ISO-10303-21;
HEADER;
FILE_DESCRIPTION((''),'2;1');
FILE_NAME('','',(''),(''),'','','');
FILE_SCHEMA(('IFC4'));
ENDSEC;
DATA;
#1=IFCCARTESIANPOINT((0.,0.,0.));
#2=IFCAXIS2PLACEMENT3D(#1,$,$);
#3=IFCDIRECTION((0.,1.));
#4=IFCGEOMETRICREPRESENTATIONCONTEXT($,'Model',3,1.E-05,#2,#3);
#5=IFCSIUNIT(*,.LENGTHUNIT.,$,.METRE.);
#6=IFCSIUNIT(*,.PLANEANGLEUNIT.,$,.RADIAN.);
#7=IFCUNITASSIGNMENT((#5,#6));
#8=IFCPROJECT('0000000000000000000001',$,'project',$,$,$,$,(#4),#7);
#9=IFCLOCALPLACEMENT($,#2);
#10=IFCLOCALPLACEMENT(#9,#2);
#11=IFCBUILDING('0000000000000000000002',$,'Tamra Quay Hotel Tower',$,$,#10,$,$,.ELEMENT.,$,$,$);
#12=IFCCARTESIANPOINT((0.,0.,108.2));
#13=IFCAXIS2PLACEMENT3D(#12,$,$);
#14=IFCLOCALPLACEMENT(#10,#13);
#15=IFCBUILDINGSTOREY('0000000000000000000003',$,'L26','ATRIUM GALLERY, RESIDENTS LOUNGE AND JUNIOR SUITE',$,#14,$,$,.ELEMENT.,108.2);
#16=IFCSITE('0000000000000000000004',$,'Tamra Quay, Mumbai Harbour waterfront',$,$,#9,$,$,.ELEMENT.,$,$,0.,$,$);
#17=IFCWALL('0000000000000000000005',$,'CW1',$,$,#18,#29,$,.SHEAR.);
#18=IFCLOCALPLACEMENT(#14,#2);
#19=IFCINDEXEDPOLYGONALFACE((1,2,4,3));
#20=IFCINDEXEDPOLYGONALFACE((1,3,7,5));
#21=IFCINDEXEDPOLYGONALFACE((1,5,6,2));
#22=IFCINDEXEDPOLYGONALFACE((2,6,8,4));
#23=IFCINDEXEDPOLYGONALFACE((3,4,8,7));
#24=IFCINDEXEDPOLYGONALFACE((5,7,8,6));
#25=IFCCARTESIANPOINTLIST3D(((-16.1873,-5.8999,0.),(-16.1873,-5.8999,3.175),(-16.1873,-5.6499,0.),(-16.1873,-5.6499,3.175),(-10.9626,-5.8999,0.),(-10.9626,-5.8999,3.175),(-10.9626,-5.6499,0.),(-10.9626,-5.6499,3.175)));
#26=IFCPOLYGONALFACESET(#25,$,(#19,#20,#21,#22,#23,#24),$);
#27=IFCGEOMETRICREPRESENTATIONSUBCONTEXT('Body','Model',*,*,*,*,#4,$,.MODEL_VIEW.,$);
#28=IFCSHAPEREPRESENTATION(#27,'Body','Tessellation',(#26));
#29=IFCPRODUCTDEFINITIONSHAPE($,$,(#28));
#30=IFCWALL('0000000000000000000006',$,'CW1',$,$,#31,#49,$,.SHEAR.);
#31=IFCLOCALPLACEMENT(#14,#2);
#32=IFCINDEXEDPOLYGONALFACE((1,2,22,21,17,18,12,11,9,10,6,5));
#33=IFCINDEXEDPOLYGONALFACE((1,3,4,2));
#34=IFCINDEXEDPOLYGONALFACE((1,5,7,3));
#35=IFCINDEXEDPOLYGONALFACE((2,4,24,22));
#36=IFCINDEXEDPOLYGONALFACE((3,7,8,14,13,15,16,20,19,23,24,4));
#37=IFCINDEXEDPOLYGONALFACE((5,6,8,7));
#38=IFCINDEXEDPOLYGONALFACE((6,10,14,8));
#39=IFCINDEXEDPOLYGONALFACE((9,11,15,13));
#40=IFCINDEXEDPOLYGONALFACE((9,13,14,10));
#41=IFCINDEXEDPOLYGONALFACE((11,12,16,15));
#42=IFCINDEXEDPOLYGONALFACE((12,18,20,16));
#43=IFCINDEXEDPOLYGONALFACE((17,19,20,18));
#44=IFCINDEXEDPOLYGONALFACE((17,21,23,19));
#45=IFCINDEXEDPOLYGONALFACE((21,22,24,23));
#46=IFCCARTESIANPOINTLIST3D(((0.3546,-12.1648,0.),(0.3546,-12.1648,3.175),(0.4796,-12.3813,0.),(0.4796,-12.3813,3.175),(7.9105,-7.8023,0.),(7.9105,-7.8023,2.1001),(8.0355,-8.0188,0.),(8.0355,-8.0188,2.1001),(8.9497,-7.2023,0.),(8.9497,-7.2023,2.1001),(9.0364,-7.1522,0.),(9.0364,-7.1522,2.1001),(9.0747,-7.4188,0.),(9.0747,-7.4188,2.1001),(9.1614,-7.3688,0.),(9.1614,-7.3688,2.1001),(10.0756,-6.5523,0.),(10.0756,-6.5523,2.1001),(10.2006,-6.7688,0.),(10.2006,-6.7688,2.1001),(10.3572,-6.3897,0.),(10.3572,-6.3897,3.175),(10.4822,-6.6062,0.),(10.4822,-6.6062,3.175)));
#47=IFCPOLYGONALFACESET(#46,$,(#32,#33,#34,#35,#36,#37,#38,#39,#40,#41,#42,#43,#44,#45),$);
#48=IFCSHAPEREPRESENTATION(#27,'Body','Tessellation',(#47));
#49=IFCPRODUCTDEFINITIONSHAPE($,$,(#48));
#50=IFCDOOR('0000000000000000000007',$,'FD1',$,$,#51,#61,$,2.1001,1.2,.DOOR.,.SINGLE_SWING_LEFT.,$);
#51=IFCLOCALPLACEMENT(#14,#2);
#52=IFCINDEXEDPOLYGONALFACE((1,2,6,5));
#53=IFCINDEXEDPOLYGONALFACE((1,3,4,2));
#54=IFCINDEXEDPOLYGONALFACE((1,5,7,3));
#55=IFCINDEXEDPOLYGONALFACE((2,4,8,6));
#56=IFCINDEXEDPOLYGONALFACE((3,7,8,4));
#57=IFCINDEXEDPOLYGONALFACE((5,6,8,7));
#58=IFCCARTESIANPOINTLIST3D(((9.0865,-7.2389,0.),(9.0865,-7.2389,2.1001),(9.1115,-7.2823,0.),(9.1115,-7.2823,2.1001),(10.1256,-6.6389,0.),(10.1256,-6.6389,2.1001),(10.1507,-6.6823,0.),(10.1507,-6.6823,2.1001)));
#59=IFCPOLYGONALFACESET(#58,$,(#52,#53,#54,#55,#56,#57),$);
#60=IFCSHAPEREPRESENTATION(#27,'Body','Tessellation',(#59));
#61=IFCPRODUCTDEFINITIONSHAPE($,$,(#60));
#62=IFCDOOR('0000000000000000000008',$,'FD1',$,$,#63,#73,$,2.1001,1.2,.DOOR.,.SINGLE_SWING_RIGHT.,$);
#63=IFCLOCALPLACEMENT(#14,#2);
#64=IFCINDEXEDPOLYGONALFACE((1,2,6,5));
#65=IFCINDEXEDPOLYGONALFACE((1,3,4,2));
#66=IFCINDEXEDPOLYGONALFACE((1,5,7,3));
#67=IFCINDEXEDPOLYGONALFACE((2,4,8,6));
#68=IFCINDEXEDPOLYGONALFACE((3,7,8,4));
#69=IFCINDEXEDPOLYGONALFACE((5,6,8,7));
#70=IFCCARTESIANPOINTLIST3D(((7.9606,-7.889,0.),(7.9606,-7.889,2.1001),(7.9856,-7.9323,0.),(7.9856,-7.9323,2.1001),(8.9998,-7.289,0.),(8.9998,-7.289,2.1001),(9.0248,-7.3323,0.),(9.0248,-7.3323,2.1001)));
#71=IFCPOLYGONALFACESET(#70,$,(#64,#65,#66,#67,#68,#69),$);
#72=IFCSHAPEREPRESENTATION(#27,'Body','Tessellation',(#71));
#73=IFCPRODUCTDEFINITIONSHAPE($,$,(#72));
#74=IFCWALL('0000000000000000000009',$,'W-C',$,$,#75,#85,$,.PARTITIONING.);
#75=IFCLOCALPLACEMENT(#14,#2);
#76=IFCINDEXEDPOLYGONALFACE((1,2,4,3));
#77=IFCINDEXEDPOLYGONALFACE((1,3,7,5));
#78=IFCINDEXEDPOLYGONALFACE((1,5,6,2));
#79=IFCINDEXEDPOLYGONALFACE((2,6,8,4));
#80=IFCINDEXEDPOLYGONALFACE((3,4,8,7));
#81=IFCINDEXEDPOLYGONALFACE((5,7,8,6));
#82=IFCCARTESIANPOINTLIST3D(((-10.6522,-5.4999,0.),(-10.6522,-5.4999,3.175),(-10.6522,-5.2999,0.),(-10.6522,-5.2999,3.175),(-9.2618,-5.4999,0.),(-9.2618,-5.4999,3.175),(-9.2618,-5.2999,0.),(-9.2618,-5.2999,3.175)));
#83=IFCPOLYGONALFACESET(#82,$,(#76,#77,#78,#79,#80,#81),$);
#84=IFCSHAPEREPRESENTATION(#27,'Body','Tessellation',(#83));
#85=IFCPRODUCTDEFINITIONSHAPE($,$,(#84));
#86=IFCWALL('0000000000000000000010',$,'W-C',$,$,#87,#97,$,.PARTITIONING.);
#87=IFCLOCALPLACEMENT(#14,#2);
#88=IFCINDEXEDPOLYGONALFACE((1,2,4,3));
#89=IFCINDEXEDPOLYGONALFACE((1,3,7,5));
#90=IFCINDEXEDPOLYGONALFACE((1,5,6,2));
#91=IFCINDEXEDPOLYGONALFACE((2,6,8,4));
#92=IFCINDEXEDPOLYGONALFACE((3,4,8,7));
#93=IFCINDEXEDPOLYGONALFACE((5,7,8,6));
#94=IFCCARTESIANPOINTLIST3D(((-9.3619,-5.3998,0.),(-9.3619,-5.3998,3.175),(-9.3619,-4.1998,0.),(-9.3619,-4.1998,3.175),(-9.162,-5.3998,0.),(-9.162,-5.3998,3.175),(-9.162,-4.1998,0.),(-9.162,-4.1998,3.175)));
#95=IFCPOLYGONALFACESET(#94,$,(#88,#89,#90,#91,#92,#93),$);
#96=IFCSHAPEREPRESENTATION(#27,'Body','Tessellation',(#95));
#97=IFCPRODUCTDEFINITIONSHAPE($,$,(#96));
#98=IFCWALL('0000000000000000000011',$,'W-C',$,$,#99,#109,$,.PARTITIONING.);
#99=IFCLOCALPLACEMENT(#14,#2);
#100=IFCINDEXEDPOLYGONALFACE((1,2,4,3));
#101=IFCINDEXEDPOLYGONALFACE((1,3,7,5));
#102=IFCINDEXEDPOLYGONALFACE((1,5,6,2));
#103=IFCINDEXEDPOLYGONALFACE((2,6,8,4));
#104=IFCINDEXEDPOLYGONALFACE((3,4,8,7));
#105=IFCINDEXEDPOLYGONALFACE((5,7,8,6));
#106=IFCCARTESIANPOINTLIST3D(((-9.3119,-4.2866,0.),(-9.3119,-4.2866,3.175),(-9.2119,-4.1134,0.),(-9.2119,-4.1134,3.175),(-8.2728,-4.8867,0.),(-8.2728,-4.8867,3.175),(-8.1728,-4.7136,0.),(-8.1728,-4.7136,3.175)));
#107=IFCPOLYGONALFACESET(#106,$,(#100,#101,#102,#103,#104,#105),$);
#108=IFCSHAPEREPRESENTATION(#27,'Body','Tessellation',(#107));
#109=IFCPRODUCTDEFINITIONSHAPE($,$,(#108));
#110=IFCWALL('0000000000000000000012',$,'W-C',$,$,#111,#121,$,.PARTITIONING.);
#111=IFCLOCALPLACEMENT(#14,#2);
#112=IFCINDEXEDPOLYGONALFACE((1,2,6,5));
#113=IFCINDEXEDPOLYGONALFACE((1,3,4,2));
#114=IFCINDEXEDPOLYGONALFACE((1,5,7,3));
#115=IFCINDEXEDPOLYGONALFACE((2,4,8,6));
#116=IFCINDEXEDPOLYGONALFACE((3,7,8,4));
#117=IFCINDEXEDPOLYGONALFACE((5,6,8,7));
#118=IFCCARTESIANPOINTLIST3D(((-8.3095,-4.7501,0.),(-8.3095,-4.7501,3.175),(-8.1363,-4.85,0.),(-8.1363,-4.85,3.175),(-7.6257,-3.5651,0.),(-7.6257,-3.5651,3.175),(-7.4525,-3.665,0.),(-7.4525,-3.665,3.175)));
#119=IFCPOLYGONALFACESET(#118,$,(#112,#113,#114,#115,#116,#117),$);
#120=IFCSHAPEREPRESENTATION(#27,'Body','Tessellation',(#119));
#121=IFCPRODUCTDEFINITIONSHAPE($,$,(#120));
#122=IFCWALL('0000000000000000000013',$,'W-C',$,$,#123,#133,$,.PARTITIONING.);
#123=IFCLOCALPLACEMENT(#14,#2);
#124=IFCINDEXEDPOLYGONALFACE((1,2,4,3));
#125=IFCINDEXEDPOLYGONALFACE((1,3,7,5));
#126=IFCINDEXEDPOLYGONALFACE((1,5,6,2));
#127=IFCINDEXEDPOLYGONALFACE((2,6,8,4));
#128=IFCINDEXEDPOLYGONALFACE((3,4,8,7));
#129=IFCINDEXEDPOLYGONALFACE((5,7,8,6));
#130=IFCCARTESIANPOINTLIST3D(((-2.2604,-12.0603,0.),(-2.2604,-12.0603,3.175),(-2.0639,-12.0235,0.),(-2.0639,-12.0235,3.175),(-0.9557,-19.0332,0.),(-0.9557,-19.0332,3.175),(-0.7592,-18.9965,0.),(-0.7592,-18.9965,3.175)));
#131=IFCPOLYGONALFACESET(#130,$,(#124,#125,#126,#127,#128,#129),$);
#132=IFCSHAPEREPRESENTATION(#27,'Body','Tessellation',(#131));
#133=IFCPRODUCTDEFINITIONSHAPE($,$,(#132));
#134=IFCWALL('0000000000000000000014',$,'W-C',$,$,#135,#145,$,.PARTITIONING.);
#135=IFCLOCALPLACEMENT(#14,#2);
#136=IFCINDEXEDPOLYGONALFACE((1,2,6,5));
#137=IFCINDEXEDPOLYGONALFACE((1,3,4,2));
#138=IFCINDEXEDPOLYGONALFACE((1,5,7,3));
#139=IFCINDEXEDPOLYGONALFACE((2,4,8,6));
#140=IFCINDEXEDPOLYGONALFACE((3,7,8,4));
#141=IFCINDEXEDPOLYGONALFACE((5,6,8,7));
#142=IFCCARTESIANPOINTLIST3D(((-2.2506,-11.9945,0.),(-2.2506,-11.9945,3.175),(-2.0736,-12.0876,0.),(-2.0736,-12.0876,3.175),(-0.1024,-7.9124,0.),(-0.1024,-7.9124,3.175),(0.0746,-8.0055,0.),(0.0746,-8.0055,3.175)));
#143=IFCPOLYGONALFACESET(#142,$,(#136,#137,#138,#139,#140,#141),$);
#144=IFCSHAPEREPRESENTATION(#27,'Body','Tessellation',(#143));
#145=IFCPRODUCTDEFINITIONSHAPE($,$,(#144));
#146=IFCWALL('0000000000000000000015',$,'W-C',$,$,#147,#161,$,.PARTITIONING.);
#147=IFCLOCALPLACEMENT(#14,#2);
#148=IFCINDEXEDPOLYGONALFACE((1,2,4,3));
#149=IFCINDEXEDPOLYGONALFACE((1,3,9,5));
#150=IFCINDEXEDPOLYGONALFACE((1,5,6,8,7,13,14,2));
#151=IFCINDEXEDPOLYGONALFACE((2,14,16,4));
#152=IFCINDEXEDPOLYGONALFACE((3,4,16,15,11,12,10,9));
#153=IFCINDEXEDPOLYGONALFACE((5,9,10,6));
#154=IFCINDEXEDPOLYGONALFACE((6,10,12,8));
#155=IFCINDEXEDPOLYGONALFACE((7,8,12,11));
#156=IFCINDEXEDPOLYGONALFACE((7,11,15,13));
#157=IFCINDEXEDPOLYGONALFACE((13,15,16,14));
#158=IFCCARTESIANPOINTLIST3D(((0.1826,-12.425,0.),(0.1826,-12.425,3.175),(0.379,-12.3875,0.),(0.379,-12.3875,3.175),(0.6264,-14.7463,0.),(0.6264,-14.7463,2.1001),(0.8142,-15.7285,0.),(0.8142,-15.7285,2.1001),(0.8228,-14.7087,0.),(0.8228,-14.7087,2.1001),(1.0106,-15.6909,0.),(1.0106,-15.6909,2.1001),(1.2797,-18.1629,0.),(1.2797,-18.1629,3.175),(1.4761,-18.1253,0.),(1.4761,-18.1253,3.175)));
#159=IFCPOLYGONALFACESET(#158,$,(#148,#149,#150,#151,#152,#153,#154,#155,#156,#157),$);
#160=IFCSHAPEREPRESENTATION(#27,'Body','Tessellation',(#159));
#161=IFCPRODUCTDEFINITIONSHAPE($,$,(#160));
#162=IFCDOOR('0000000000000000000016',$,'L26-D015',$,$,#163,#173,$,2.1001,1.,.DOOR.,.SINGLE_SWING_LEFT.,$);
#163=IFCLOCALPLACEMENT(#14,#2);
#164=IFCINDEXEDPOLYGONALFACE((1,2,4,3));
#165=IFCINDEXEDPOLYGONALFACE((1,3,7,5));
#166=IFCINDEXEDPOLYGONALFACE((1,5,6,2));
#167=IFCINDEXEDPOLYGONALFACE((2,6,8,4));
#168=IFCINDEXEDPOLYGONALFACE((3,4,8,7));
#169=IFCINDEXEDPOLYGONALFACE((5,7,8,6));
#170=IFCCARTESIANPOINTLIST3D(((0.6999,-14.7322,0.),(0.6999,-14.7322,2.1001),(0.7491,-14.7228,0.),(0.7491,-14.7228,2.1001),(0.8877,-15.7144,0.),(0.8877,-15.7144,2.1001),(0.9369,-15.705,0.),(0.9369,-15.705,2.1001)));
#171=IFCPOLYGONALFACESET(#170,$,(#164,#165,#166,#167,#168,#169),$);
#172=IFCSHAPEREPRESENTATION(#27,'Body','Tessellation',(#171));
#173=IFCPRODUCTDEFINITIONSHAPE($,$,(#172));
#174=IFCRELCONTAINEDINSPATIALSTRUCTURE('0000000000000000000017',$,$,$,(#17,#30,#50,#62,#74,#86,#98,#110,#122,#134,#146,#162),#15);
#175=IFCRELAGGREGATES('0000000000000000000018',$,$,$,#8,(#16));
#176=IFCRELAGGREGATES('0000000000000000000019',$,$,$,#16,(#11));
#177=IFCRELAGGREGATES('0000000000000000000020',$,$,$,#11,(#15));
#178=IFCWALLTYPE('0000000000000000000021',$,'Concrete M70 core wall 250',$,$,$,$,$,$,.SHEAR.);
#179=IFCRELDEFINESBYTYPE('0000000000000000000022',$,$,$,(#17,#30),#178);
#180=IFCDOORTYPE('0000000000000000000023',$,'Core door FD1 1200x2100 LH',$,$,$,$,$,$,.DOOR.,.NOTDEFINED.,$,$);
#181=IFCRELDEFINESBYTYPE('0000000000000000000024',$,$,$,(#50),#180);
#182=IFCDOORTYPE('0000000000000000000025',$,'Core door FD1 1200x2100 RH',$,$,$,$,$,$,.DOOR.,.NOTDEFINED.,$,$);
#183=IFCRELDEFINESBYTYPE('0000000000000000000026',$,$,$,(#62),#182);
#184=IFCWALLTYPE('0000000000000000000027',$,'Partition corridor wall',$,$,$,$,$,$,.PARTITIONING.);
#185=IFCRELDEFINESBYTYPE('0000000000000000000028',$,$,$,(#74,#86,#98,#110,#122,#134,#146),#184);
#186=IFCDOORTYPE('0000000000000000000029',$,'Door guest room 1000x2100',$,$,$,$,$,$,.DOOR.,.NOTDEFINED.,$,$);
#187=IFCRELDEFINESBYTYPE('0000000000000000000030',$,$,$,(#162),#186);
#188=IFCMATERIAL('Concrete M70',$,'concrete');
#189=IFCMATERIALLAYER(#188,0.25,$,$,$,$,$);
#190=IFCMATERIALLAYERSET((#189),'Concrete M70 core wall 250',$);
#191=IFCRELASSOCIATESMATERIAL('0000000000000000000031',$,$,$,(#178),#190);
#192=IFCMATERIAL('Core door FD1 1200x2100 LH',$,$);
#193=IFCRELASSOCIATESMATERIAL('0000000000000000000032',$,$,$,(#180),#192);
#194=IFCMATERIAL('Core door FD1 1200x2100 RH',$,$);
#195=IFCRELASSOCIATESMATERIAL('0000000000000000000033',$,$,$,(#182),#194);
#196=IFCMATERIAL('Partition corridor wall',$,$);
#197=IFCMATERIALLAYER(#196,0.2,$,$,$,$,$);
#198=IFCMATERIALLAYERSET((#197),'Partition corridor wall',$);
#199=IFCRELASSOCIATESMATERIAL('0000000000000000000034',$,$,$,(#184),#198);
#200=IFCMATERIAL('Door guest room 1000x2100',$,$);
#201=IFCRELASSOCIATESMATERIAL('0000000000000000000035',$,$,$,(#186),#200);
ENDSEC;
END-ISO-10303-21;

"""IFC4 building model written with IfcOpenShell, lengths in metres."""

from ifc_helpers import new_model, si_unit, direction, frame, frame_2d, origin, place, context, subcontext, project, spatial, rectangle, extrude, material, layer, layer_set, type_object, element, fill, save


model = new_model("IFC4")

# Units and contexts
model_context = context("Model", 3, precision=1e-05, world=origin(), true_north=direction((0.0, 1.0)))
body_context = subcontext(model_context, "Body", "Model", "MODEL_VIEW")
ifc_project = project(units=[si_unit("LENGTHUNIT", "METRE"), si_unit("PLANEANGLEUNIT", "RADIAN")], contexts=[model_context])

# Site, building, storey
site_placement = place(None, origin())
site = spatial("IfcSite", under=ifc_project, at=site_placement, Name="Tamra Quay, Mumbai Harbour waterfront", CompositionType="ELEMENT", RefElevation=0.0)
building_placement = place(site_placement, origin())
building = spatial("IfcBuilding", under=site, at=building_placement, Name="Tamra Quay Hotel Tower", CompositionType="ELEMENT")
storey_placement = place(building_placement, frame((0.0, 0.0, 108.2)))
storey = spatial("IfcBuildingStorey", under=building, at=storey_placement, Name="L26", Description="ATRIUM GALLERY, RESIDENTS LOUNGE AND JUNIOR SUITE", CompositionType="ELEMENT", Elevation=108.2)

# Wall
ifc_material_1 = material(Name="Concrete M70", Category="concrete")
ifc_layer_1 = layer(ifc_material_1, 0.25)
ifc_layer_set_1 = layer_set([ifc_layer_1], Name="Concrete M70 core wall 250")
wall_type_1 = type_object("IfcWallType", Name="Concrete M70 core wall 250", PredefinedType="SHEAR", material=ifc_layer_set_1)
wall_1_placement = place(storey_placement, frame((-10.9626, -5.7749, 0.0), z_axis=(0.0, 0.0, 1.0), x_axis=(-1.0, 0.0, 0.0)))
element("IfcWall", 1, at=wall_1_placement, inside=storey, type_object=wall_type_1, Name="CW1", PredefinedType="SHEAR", context=body_context, shape_type="SweptSolid", body=[
    extrude(rectangle(XDim=5.2246, YDim=0.25, at=frame_2d((2.6123, 0.0))), origin(), (0.0, 0.0, 1.0), 3.175),
])

# Wall, openings, doors
wall_2_placement = place(storey_placement, frame((0.4172, -12.2729, 0.0), z_axis=(0.0, 0.0, 1.0), x_axis=(0.866022, 0.500006, 0.0)))
wall_2 = element("IfcWall", 2, at=wall_2_placement, inside=storey, type_object=wall_type_1, Name="CW1", PredefinedType="SHEAR", context=body_context, shape_type="SweptSolid", body=[
    extrude(rectangle(XDim=11.55, YDim=0.25, at=frame_2d((5.7749, 0.0))), origin(), (0.0, 0.0, 1.0), 3.175),
])
opening_1_placement = place(wall_2_placement, frame((10.0247, 0.0, 0.0)))
opening_1 = element("IfcOpeningElement", 3, at=opening_1_placement, cuts=wall_2, PredefinedType="OPENING", context=body_context, shape_type="SweptSolid", body=[
    extrude(rectangle(XDim=1.2, YDim=2.1001, at=frame_2d((0.6001, 1.05))), frame((0.0, 0.135, 0.0), z_axis=(0.0, -1.0, 0.0), x_axis=(1.0, 0.0, 0.0)), (0.0, 0.0, 1.0), 0.27),
])
opening_2_placement = place(wall_2_placement, frame((8.7246, 0.0, 0.0)))
opening_2 = element("IfcOpeningElement", 4, at=opening_2_placement, cuts=wall_2, PredefinedType="OPENING", context=body_context, shape_type="SweptSolid", body=[
    extrude(rectangle(XDim=1.2, YDim=2.1001, at=frame_2d((0.6001, 1.05))), frame((0.0, 0.135, 0.0), z_axis=(0.0, -1.0, 0.0), x_axis=(1.0, 0.0, 0.0)), (0.0, 0.0, 1.0), 0.27),
])
ifc_material_2 = material(Name="Core door FD1 1200x2100 LH")
door_type_1 = type_object("IfcDoorType", Name="Core door FD1 1200x2100 LH", OperationType="NOTDEFINED", PredefinedType="DOOR", material=ifc_material_2)
door_1_placement = place(opening_1_placement, origin())
door_1 = element("IfcDoor", 5, at=door_1_placement, inside=storey, type_object=door_type_1, Name="FD1", OperationType="SINGLE_SWING_LEFT", OverallHeight=2.1001, OverallWidth=1.2, PredefinedType="DOOR", context=body_context, shape_type="SweptSolid", body=[
    extrude(rectangle(XDim=1.2, YDim=2.1001, at=frame_2d((0.6001, 1.05))), frame((0.0, 0.0249, 0.0), z_axis=(0.0, -1.0, 0.0), x_axis=(1.0, 0.0, 0.0)), (0.0, 0.0, 1.0), 0.05),
])
fill(opening_1, door_1)
ifc_material_3 = material(Name="Core door FD1 1200x2100 RH")
door_type_2 = type_object("IfcDoorType", Name="Core door FD1 1200x2100 RH", OperationType="NOTDEFINED", PredefinedType="DOOR", material=ifc_material_3)
door_2_placement = place(opening_2_placement, origin())
door_2 = element("IfcDoor", 6, at=door_2_placement, inside=storey, type_object=door_type_2, Name="FD1", OperationType="SINGLE_SWING_RIGHT", OverallHeight=2.1001, OverallWidth=1.2, PredefinedType="DOOR", context=body_context, shape_type="SweptSolid", body=[
    extrude(rectangle(XDim=1.2, YDim=2.1001, at=frame_2d((0.6001, 1.05))), frame((0.0, 0.0249, 0.0), z_axis=(0.0, -1.0, 0.0), x_axis=(1.0, 0.0, 0.0)), (0.0, 0.0, 1.0), 0.05),
])
fill(opening_2, door_2)

# Walls
ifc_material_4 = material(Name="Partition corridor wall")
ifc_layer_2 = layer(ifc_material_4, 0.2)
ifc_layer_set_2 = layer_set([ifc_layer_2], Name="Partition corridor wall")
wall_type_2 = type_object("IfcWallType", Name="Partition corridor wall", PredefinedType="PARTITIONING", material=ifc_layer_set_2)
wall_3_placement = place(storey_placement, frame((-10.6523, -5.3999, 0.0), z_axis=(0.0, 0.0, 1.0), x_axis=(1.0, 0.0, 0.0)))
element("IfcWall", 7, at=wall_3_placement, inside=storey, type_object=wall_type_2, Name="W-C", PredefinedType="PARTITIONING", context=body_context, shape_type="SweptSolid", body=[
    extrude(rectangle(XDim=1.3904, YDim=0.2, at=frame_2d((0.6953, 0.0))), origin(), (0.0, 0.0, 1.0), 3.175),
])
for number, where, z_axis, x_axis, name in (
    (8, (-9.262, -5.3999, 0.0), (0.0, 0.0, 1.0), (0.0, 1.0, 0.0), "W-C"),
    (9, (-9.262, -4.2, 0.0), (0.0, 0.0, 1.0), (0.865955, -0.500122, 0.0), "W-C"),
):
    element("IfcWall", number, at=place(storey_placement, frame(where, z_axis=z_axis, x_axis=x_axis)), inside=storey, type_object=wall_type_2, Name=name, PredefinedType="PARTITIONING", context=body_context, shape_type="SweptSolid", body=[
        extrude(rectangle(XDim=1.2, YDim=0.2, at=frame_2d((0.6001, 0.0))), origin(), (0.0, 0.0, 1.0), 3.175),
    ])
wall_4_placement = place(storey_placement, frame((-8.2229, -4.8, 0.0), z_axis=(0.0, 0.0, 1.0), x_axis=(0.499805, 0.866138, 0.0)))
element("IfcWall", 10, at=wall_4_placement, inside=storey, type_object=wall_type_2, Name="W-C", PredefinedType="PARTITIONING", context=body_context, shape_type="SweptSolid", body=[
    extrude(rectangle(XDim=1.3682, YDim=0.2, at=frame_2d((0.6841, 0.0))), origin(), (0.0, 0.0, 1.0), 3.175),
])
wall_5_placement = place(storey_placement, frame((-2.1621, -12.042, 0.0), z_axis=(0.0, 0.0, 1.0), x_axis=(0.183917, -0.982942, 0.0)))
element("IfcWall", 11, at=wall_5_placement, inside=storey, type_object=wall_type_2, Name="W-C", PredefinedType="PARTITIONING", context=body_context, shape_type="SweptSolid", body=[
    extrude(rectangle(XDim=7.094, YDim=0.2, at=frame_2d((3.5469, 0.0))), origin(), (0.0, 0.0, 1.0), 3.175),
])
wall_6_placement = place(storey_placement, frame((-2.1621, -12.041, 0.0), z_axis=(0.0, 0.0, 1.0), x_axis=(0.465705, 0.88494, 0.0)))
element("IfcWall", 12, at=wall_6_placement, inside=storey, type_object=wall_type_2, Name="W-C", PredefinedType="PARTITIONING", context=body_context, shape_type="SweptSolid", body=[
    extrude(rectangle(XDim=4.6128, YDim=0.2, at=frame_2d((2.3064, 0.0))), origin(), (0.0, 0.0, 1.0), 3.175),
])

# Wall, opening, door
wall_7_placement = place(storey_placement, frame((0.2808, -12.4062, 0.0), z_axis=(0.0, 0.0, 1.0), x_axis=(0.187815, -0.982204, 0.0)))
wall_7 = element("IfcWall", 13, at=wall_7_placement, inside=storey, type_object=wall_type_2, Name="W-C", PredefinedType="PARTITIONING", context=body_context, shape_type="SweptSolid", body=[
    extrude(rectangle(XDim=5.8418, YDim=0.2, at=frame_2d((2.9209, 0.0))), origin(), (0.0, 0.0, 1.0), 3.175),
])
opening_3_placement = place(wall_7_placement, frame((2.3633, 0.0, 0.0)))
opening_3 = element("IfcOpeningElement", 14, at=opening_3_placement, cuts=wall_7, PredefinedType="OPENING", context=body_context, shape_type="SweptSolid", body=[
    extrude(rectangle(XDim=1.0, YDim=2.1001, at=frame_2d((0.5, 1.05))), frame((0.0, 0.1099, 0.0), z_axis=(0.0, -1.0, 0.0), x_axis=(1.0, 0.0, 0.0)), (0.0, 0.0, 1.0), 0.22),
])
ifc_material_5 = material(Name="Door guest room 1000x2100")
door_type_3 = type_object("IfcDoorType", Name="Door guest room 1000x2100", OperationType="NOTDEFINED", PredefinedType="DOOR", material=ifc_material_5)
door_3_placement = place(opening_3_placement, origin())
door_3 = element("IfcDoor", 15, at=door_3_placement, inside=storey, type_object=door_type_3, Name="L26-D015", OperationType="SINGLE_SWING_LEFT", OverallHeight=2.1001, OverallWidth=1.0, PredefinedType="DOOR", context=body_context, shape_type="SweptSolid", body=[
    extrude(rectangle(XDim=1.0, YDim=2.1001, at=frame_2d((0.5, 1.05))), frame((0.0, 0.0249, 0.0), z_axis=(0.0, -1.0, 0.0), x_axis=(1.0, 0.0, 0.0)), (0.0, 0.0, 1.0), 0.05),
])
fill(opening_3, door_3)

save(model, "model.ifc")
